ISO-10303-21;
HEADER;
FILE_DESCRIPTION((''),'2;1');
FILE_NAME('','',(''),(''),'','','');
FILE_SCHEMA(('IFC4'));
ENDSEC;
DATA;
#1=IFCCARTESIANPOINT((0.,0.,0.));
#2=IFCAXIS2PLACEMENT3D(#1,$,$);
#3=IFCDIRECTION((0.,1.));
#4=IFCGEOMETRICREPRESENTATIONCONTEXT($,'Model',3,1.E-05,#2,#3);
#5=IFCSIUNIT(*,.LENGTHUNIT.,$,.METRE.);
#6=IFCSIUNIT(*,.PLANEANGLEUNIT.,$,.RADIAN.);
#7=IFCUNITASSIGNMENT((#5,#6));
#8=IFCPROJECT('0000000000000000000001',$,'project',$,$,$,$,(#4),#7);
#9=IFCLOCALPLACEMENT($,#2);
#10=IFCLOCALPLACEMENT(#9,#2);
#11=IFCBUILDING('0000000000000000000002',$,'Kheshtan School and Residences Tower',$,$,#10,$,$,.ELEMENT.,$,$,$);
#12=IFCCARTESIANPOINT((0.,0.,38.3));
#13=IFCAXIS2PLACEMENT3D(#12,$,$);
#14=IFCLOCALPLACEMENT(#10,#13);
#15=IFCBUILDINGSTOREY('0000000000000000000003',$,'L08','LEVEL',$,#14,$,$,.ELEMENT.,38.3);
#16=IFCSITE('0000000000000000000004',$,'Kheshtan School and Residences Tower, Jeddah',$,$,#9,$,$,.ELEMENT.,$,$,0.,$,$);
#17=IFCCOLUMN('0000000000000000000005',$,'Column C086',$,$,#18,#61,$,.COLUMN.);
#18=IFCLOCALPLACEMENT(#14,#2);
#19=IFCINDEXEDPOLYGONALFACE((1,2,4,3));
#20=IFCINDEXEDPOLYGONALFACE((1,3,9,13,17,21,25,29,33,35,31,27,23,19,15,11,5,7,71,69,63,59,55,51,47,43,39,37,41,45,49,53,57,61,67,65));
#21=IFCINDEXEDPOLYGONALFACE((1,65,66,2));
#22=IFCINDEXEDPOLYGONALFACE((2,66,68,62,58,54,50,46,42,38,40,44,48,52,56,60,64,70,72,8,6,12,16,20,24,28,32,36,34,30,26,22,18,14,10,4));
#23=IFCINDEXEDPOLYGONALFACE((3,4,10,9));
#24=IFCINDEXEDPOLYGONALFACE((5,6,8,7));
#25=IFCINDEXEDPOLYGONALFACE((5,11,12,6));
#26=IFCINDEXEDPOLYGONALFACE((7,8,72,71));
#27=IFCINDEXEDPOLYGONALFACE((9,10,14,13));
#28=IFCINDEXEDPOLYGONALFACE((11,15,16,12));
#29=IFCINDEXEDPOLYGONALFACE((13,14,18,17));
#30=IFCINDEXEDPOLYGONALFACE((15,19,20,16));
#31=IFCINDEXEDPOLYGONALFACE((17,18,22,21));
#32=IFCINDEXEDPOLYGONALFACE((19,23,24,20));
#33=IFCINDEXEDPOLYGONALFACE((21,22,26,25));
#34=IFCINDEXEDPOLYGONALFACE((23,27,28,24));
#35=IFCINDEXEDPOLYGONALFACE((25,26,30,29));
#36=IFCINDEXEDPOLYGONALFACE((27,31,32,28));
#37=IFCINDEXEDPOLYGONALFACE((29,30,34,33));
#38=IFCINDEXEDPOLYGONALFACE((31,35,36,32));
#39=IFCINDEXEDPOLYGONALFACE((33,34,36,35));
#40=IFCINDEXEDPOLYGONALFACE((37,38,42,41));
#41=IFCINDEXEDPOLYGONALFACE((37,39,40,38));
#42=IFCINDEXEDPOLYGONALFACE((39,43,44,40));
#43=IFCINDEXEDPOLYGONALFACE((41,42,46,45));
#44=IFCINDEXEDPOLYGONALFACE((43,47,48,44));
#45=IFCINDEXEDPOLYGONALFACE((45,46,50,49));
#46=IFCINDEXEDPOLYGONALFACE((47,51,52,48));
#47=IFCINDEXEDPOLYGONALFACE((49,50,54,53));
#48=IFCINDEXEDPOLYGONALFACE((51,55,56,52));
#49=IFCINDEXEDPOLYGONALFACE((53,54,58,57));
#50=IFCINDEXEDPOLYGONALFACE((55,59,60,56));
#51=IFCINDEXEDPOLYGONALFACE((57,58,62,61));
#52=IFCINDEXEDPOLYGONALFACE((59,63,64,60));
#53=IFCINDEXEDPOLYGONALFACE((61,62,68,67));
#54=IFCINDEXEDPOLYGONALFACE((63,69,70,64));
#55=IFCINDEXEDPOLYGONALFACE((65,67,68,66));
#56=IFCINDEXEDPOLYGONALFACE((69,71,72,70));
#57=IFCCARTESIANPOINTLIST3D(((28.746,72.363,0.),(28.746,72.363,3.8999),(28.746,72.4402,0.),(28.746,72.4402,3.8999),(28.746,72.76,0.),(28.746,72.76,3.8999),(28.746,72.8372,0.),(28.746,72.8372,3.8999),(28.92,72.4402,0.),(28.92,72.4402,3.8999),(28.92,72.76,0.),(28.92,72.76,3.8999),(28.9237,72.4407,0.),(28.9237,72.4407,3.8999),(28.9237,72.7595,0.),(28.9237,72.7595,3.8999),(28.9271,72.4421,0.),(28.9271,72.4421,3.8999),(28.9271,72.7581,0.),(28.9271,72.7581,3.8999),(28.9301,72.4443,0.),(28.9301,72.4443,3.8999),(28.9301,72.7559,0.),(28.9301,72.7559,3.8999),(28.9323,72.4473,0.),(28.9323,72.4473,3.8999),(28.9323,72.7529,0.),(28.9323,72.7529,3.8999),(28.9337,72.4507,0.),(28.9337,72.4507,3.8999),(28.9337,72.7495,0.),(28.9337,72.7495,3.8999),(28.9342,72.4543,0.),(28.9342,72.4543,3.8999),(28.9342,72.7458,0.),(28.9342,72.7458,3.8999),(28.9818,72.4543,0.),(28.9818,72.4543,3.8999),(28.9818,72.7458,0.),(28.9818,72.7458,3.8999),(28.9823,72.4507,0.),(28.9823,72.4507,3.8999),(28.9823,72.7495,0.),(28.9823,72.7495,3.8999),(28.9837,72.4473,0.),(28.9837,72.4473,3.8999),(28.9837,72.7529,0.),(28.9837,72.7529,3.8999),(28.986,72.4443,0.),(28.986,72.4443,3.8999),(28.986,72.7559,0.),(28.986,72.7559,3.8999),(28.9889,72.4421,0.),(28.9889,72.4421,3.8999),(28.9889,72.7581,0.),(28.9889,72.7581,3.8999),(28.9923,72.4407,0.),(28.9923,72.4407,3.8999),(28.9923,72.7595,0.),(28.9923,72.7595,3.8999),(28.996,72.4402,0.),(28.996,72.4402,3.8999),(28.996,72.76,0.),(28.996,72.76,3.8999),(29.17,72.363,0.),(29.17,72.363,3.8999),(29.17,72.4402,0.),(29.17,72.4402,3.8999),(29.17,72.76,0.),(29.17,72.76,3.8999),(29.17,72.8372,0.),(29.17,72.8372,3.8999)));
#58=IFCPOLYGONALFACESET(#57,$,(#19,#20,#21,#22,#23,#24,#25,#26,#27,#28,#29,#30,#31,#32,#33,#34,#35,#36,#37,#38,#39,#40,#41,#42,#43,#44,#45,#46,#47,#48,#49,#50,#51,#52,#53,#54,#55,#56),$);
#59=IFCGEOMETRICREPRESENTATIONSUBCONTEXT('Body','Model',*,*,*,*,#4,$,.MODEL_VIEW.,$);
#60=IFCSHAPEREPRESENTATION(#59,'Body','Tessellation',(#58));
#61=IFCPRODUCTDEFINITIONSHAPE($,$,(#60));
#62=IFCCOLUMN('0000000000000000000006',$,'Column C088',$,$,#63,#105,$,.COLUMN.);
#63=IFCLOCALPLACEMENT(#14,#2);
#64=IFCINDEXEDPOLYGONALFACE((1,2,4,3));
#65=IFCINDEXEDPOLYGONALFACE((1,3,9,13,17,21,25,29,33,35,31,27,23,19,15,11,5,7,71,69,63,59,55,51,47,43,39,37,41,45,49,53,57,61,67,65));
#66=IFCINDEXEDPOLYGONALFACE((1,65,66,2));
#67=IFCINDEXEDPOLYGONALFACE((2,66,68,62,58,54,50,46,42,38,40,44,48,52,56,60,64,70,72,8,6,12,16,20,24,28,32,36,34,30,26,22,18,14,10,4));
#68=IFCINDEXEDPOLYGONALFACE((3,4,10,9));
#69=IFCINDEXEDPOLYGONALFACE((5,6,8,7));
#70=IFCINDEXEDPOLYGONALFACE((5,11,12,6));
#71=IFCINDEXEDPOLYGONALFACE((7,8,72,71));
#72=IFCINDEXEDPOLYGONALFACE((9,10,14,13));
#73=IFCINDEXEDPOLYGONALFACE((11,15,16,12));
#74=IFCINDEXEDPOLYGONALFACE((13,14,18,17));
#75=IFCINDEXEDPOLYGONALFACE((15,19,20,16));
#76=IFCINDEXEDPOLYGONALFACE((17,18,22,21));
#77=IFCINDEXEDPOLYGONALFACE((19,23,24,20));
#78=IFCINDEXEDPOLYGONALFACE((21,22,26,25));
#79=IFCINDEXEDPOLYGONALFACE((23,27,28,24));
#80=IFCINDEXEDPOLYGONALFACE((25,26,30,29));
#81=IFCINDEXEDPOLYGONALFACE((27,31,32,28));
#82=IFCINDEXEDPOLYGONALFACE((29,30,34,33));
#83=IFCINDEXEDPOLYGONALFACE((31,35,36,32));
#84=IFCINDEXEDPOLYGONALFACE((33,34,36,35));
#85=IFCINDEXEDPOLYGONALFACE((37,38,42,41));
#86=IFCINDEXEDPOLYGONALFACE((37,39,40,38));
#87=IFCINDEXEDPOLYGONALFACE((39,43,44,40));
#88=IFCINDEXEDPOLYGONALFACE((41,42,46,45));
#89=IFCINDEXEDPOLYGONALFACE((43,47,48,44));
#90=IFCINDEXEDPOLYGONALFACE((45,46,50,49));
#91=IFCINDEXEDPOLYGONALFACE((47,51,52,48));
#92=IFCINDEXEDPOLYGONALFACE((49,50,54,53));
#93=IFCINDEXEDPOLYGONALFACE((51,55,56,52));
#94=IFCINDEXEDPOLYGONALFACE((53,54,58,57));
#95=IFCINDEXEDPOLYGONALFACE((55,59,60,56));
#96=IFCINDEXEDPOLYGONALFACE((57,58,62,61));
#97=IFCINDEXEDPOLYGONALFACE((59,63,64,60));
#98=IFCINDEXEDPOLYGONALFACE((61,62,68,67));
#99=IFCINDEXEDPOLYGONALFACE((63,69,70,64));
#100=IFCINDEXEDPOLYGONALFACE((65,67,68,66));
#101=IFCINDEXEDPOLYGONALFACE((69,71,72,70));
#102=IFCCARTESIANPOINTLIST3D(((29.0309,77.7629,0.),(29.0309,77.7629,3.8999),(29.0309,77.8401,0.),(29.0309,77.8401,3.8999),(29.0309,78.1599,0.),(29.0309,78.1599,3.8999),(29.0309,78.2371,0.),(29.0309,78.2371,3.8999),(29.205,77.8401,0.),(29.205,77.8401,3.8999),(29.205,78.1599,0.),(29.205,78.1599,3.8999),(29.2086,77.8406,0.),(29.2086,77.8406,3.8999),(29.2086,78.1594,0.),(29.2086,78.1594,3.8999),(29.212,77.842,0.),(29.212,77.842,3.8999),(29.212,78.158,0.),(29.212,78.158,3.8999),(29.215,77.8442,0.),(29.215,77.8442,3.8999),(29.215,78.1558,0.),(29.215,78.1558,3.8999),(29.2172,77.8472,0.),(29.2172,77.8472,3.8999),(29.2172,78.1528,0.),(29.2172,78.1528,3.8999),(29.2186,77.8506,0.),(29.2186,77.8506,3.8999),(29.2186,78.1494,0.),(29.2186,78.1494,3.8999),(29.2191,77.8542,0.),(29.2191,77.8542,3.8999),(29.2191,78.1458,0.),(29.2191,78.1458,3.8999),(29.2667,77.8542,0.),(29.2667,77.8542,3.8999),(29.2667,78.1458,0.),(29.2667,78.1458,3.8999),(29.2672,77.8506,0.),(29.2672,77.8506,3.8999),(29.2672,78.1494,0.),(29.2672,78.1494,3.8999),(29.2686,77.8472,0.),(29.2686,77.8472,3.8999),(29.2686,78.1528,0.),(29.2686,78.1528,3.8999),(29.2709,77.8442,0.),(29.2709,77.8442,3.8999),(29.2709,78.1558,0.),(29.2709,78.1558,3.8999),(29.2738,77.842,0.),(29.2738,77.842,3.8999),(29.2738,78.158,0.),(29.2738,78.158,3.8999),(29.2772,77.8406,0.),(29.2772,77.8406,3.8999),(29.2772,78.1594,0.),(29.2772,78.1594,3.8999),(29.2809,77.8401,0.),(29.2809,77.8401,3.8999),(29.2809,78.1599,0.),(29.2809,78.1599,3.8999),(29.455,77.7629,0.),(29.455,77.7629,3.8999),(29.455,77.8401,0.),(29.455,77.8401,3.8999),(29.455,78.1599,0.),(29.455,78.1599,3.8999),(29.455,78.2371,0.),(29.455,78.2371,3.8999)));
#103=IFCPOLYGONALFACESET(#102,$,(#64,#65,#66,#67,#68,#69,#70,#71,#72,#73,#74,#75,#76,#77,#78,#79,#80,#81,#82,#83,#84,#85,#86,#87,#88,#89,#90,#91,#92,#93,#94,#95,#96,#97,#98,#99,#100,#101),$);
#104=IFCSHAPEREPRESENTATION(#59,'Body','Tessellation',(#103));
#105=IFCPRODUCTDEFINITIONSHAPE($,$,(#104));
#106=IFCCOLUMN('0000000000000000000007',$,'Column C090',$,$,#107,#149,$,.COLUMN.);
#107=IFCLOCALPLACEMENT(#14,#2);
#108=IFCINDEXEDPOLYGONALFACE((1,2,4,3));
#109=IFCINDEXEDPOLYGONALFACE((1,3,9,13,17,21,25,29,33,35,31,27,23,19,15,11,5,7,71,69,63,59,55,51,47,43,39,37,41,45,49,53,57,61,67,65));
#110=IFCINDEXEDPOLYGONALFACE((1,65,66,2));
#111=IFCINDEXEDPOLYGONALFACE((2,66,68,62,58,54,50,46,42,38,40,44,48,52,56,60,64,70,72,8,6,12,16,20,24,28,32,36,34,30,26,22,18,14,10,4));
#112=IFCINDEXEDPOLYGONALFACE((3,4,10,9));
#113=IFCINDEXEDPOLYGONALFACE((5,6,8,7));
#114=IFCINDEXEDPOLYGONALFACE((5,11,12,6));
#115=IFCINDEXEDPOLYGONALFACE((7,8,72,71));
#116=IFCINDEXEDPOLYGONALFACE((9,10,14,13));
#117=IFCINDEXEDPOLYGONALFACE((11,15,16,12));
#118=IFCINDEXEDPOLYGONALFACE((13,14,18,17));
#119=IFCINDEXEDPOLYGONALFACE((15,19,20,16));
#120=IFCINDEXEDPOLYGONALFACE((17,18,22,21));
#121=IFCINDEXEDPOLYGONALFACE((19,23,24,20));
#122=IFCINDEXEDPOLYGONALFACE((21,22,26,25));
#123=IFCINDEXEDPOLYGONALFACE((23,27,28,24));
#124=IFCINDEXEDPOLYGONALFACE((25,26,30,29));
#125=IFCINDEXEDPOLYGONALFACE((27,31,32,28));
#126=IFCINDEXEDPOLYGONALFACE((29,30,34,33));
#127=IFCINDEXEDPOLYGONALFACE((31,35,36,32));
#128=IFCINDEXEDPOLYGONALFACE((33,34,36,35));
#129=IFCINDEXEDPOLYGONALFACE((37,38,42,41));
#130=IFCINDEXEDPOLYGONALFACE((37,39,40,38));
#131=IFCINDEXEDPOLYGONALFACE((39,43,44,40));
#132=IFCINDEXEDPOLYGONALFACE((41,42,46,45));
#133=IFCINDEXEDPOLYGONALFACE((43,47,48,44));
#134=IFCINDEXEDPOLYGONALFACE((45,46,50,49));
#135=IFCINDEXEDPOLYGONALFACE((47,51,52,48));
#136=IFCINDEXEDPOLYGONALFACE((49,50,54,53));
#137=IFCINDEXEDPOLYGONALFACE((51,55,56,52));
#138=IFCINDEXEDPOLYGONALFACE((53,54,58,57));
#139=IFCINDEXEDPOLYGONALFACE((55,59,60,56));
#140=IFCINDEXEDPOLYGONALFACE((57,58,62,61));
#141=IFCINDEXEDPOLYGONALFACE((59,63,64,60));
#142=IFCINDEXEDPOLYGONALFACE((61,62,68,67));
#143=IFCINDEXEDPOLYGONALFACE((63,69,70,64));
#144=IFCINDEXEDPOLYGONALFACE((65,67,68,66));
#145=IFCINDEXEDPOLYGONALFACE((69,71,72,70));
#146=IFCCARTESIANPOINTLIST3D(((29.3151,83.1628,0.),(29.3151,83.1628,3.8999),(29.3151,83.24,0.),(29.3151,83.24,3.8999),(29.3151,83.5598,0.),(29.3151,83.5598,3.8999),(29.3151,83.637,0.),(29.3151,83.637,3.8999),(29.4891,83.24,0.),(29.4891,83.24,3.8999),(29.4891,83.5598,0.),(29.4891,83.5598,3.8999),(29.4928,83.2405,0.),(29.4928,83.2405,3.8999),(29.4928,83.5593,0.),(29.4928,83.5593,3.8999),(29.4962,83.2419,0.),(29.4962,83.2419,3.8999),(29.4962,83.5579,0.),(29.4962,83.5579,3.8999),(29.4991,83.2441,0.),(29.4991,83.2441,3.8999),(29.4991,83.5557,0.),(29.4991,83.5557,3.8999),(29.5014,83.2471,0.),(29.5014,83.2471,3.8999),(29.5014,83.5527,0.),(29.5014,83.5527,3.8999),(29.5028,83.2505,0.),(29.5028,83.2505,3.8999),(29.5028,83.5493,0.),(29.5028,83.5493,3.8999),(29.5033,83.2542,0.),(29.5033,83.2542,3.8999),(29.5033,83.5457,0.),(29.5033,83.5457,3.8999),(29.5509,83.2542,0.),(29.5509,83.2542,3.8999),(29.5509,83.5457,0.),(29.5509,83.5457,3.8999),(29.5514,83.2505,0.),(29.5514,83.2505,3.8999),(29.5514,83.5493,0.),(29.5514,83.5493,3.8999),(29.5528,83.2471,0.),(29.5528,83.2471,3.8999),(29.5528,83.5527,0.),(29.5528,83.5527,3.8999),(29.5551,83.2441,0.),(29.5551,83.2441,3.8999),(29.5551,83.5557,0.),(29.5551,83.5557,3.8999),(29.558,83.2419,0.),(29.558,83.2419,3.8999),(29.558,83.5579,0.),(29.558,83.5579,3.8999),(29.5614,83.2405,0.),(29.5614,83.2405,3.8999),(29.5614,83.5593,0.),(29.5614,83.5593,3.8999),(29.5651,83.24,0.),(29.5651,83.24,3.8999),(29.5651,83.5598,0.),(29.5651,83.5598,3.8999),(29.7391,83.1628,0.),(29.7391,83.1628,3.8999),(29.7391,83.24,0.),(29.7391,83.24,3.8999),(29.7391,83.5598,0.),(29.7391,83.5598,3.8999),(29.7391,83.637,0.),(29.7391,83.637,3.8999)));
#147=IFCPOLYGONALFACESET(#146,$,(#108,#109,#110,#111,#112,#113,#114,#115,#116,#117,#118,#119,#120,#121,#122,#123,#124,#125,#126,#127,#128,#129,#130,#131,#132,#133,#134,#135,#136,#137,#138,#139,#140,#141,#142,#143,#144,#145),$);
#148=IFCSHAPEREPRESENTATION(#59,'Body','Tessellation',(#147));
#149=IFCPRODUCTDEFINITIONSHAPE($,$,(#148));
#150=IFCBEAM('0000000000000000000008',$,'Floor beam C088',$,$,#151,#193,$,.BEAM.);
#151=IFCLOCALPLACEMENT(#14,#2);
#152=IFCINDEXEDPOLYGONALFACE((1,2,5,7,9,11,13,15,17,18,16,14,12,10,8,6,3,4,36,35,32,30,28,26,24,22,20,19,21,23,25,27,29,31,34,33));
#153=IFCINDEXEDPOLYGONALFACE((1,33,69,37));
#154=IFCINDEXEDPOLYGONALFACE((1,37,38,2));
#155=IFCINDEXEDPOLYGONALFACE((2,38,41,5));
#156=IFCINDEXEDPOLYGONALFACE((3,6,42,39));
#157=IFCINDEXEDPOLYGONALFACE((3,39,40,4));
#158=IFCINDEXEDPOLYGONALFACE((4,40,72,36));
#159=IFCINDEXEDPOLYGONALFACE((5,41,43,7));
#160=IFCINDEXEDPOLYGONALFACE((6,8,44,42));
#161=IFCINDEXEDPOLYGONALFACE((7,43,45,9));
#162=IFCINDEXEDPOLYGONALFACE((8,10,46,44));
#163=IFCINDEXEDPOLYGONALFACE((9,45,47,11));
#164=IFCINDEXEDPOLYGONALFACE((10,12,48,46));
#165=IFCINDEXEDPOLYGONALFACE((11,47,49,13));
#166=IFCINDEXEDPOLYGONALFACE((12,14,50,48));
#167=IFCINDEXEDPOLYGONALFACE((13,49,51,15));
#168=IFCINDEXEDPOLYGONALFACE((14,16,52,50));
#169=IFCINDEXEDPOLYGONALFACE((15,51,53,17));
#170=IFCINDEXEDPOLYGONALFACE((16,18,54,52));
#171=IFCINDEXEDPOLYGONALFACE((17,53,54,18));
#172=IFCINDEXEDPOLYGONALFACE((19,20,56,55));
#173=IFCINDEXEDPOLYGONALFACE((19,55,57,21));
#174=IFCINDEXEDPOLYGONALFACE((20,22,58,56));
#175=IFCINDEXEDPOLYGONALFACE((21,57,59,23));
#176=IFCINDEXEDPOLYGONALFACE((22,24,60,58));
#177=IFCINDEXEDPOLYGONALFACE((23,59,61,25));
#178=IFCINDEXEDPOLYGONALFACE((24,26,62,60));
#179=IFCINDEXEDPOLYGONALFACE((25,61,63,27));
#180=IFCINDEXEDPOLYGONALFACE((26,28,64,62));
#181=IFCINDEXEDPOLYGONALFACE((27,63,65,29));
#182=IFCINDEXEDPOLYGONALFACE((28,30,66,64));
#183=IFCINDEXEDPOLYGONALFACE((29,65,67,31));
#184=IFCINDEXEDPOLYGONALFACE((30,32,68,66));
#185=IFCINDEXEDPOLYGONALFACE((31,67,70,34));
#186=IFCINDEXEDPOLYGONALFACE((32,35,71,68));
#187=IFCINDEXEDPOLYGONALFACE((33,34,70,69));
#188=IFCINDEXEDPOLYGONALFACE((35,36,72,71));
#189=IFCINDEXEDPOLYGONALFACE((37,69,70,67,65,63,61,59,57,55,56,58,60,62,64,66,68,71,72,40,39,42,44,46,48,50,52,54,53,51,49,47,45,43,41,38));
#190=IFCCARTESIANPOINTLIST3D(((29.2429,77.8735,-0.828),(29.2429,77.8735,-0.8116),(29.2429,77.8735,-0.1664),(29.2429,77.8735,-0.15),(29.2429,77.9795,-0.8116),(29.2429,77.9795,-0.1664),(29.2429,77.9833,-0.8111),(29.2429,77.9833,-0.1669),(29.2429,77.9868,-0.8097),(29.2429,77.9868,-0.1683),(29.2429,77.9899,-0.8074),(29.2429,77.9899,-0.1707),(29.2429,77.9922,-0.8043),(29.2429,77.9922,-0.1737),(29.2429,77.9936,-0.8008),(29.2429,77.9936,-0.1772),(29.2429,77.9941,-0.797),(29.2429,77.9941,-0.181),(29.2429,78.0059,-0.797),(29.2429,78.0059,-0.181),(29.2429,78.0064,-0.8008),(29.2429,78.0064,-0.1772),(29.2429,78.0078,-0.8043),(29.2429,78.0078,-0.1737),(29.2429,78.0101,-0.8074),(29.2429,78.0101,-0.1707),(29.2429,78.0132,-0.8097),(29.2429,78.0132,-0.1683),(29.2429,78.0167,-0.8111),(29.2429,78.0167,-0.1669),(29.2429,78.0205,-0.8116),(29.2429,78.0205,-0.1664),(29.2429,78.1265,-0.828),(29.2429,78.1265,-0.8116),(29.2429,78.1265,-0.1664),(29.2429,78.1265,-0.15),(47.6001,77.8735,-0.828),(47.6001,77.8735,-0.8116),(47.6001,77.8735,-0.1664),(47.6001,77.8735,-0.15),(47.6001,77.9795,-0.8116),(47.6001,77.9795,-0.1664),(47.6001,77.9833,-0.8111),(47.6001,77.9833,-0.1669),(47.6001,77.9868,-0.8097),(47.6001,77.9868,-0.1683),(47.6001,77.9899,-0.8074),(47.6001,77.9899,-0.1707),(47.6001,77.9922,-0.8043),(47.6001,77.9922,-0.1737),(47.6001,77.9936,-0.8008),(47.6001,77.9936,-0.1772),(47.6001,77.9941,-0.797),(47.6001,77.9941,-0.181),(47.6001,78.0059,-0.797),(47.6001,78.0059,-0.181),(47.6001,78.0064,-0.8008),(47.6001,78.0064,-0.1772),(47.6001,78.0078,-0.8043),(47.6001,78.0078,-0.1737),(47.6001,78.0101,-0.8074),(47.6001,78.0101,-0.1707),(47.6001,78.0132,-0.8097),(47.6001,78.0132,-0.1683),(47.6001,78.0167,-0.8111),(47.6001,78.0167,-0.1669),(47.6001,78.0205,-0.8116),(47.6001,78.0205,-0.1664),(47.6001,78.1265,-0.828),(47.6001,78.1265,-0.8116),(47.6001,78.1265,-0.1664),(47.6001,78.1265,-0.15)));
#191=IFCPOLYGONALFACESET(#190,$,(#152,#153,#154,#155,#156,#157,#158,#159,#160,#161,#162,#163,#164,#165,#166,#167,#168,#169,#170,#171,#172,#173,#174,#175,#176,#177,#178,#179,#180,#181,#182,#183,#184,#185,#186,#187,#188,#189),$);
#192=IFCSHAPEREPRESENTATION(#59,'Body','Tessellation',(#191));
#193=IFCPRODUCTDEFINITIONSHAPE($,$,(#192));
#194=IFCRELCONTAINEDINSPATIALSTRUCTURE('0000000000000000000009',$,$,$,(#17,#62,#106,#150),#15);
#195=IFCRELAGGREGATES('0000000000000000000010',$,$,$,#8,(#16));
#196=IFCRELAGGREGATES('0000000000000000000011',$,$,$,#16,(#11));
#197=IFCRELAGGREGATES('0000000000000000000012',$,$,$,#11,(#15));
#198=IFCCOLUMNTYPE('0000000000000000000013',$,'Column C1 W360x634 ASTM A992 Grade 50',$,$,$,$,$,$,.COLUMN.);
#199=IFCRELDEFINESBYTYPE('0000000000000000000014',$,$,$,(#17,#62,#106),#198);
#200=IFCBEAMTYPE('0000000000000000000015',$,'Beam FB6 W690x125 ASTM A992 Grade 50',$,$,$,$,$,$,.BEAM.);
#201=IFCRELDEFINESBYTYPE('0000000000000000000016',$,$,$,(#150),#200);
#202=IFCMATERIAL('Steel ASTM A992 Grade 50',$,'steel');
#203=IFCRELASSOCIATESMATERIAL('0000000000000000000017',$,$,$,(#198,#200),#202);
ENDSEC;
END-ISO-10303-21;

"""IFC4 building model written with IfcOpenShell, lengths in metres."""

from ifc_helpers import new_model, si_unit, direction, frame, origin, origin_2d, place, context, subcontext, project, spatial, i_section, extrude, material, material_profile, profile_set, type_object, element, save


model = new_model("IFC4")

# Units and contexts
model_context = context("Model", 3, precision=1e-05, world=origin(), true_north=direction((0.0, 1.0)))
body_context = subcontext(model_context, "Body", "Model", "MODEL_VIEW")
ifc_project = project(units=[si_unit("LENGTHUNIT", "METRE"), si_unit("PLANEANGLEUNIT", "RADIAN")], contexts=[model_context])

# Site, building, storey
site_placement = place(None, origin())
site = spatial("IfcSite", under=ifc_project, at=site_placement, Name="Kheshtan School and Residences Tower, Jeddah", CompositionType="ELEMENT", RefElevation=0.0)
building_placement = place(site_placement, origin())
building = spatial("IfcBuilding", under=site, at=building_placement, Name="Kheshtan School and Residences Tower", CompositionType="ELEMENT")
storey_placement = place(building_placement, frame((0.0, 0.0, 38.3)))
storey = spatial("IfcBuildingStorey", under=building, at=storey_placement, Name="L08", Description="LEVEL", CompositionType="ELEMENT", Elevation=38.3)

# Columns
ifc_material_1 = material(Name="Steel ASTM A992 Grade 50", Category="steel")
ifc_material_profile_1 = material_profile(ifc_material_1, i_section(OverallWidth=0.4241, OverallDepth=0.4741, WebThickness=0.0476, FlangeThickness=0.0771, FilletRadius=0.0142, at=origin_2d()), Name="W360x634")
ifc_profile_set_1 = profile_set([ifc_material_profile_1], Name="Steel ASTM A992 Grade 50")
column_type = type_object("IfcColumnType", Name="Column C1 W360x634 ASTM A992 Grade 50", PredefinedType="COLUMN", material=ifc_profile_set_1)
for number, where, z_axis, x_axis, name in (
    (1, (28.958, 72.6001, 0.0), (0.0, 0.0, 1.0), (1.0, 0.0, 0.0), "Column C086"),
    (2, (29.2429, 78.0, 0.0), (0.0, 0.0, 1.0), (1.0, 0.0, 0.0), "Column C088"),
    (3, (29.5271, 83.3999, 0.0), (0.0, 0.0, 1.0), (1.0, 0.0, 0.0), "Column C090"),
):
    element("IfcColumn", number, at=place(storey_placement, frame(where, z_axis=z_axis, x_axis=x_axis)), inside=storey, type_object=column_type, Name=name, PredefinedType="COLUMN", context=body_context, shape_type="SweptSolid", body=[
        extrude(i_section(OverallWidth=0.4241, OverallDepth=0.4741, WebThickness=0.0476, FlangeThickness=0.0771, FilletRadius=0.0142, at=origin_2d()), origin(), (0.0, 0.0, 1.0), 3.8999),
    ])

# Beam
ifc_material_profile_2 = material_profile(ifc_material_1, i_section(OverallWidth=0.2529, OverallDepth=0.678, WebThickness=0.0117, FlangeThickness=0.0164, FilletRadius=0.0146, at=origin_2d()), Name="W690x125")
ifc_profile_set_2 = profile_set([ifc_material_profile_2], Name="Steel ASTM A992 Grade 50")
beam_type_1 = type_object("IfcBeamType", Name="Beam FB6 W690x125 ASTM A992 Grade 50", PredefinedType="BEAM", material=ifc_profile_set_2)
beam_1_placement = place(storey_placement, frame((29.2429, 78.0, -0.489), z_axis=(1.0, 0.0, 0.0), x_axis=(0.0, 1.0, 0.0)))
element("IfcBeam", 4, at=beam_1_placement, inside=storey, type_object=beam_type_1, Name="Floor beam C088", PredefinedType="BEAM", context=body_context, shape_type="SweptSolid", body=[
    extrude(i_section(OverallWidth=0.2529, OverallDepth=0.678, WebThickness=0.0117, FlangeThickness=0.0164, FilletRadius=0.0146, at=origin_2d()), origin(), (0.0, 0.0, 1.0), 18.3572),
])

save(model, "model.ifc")
